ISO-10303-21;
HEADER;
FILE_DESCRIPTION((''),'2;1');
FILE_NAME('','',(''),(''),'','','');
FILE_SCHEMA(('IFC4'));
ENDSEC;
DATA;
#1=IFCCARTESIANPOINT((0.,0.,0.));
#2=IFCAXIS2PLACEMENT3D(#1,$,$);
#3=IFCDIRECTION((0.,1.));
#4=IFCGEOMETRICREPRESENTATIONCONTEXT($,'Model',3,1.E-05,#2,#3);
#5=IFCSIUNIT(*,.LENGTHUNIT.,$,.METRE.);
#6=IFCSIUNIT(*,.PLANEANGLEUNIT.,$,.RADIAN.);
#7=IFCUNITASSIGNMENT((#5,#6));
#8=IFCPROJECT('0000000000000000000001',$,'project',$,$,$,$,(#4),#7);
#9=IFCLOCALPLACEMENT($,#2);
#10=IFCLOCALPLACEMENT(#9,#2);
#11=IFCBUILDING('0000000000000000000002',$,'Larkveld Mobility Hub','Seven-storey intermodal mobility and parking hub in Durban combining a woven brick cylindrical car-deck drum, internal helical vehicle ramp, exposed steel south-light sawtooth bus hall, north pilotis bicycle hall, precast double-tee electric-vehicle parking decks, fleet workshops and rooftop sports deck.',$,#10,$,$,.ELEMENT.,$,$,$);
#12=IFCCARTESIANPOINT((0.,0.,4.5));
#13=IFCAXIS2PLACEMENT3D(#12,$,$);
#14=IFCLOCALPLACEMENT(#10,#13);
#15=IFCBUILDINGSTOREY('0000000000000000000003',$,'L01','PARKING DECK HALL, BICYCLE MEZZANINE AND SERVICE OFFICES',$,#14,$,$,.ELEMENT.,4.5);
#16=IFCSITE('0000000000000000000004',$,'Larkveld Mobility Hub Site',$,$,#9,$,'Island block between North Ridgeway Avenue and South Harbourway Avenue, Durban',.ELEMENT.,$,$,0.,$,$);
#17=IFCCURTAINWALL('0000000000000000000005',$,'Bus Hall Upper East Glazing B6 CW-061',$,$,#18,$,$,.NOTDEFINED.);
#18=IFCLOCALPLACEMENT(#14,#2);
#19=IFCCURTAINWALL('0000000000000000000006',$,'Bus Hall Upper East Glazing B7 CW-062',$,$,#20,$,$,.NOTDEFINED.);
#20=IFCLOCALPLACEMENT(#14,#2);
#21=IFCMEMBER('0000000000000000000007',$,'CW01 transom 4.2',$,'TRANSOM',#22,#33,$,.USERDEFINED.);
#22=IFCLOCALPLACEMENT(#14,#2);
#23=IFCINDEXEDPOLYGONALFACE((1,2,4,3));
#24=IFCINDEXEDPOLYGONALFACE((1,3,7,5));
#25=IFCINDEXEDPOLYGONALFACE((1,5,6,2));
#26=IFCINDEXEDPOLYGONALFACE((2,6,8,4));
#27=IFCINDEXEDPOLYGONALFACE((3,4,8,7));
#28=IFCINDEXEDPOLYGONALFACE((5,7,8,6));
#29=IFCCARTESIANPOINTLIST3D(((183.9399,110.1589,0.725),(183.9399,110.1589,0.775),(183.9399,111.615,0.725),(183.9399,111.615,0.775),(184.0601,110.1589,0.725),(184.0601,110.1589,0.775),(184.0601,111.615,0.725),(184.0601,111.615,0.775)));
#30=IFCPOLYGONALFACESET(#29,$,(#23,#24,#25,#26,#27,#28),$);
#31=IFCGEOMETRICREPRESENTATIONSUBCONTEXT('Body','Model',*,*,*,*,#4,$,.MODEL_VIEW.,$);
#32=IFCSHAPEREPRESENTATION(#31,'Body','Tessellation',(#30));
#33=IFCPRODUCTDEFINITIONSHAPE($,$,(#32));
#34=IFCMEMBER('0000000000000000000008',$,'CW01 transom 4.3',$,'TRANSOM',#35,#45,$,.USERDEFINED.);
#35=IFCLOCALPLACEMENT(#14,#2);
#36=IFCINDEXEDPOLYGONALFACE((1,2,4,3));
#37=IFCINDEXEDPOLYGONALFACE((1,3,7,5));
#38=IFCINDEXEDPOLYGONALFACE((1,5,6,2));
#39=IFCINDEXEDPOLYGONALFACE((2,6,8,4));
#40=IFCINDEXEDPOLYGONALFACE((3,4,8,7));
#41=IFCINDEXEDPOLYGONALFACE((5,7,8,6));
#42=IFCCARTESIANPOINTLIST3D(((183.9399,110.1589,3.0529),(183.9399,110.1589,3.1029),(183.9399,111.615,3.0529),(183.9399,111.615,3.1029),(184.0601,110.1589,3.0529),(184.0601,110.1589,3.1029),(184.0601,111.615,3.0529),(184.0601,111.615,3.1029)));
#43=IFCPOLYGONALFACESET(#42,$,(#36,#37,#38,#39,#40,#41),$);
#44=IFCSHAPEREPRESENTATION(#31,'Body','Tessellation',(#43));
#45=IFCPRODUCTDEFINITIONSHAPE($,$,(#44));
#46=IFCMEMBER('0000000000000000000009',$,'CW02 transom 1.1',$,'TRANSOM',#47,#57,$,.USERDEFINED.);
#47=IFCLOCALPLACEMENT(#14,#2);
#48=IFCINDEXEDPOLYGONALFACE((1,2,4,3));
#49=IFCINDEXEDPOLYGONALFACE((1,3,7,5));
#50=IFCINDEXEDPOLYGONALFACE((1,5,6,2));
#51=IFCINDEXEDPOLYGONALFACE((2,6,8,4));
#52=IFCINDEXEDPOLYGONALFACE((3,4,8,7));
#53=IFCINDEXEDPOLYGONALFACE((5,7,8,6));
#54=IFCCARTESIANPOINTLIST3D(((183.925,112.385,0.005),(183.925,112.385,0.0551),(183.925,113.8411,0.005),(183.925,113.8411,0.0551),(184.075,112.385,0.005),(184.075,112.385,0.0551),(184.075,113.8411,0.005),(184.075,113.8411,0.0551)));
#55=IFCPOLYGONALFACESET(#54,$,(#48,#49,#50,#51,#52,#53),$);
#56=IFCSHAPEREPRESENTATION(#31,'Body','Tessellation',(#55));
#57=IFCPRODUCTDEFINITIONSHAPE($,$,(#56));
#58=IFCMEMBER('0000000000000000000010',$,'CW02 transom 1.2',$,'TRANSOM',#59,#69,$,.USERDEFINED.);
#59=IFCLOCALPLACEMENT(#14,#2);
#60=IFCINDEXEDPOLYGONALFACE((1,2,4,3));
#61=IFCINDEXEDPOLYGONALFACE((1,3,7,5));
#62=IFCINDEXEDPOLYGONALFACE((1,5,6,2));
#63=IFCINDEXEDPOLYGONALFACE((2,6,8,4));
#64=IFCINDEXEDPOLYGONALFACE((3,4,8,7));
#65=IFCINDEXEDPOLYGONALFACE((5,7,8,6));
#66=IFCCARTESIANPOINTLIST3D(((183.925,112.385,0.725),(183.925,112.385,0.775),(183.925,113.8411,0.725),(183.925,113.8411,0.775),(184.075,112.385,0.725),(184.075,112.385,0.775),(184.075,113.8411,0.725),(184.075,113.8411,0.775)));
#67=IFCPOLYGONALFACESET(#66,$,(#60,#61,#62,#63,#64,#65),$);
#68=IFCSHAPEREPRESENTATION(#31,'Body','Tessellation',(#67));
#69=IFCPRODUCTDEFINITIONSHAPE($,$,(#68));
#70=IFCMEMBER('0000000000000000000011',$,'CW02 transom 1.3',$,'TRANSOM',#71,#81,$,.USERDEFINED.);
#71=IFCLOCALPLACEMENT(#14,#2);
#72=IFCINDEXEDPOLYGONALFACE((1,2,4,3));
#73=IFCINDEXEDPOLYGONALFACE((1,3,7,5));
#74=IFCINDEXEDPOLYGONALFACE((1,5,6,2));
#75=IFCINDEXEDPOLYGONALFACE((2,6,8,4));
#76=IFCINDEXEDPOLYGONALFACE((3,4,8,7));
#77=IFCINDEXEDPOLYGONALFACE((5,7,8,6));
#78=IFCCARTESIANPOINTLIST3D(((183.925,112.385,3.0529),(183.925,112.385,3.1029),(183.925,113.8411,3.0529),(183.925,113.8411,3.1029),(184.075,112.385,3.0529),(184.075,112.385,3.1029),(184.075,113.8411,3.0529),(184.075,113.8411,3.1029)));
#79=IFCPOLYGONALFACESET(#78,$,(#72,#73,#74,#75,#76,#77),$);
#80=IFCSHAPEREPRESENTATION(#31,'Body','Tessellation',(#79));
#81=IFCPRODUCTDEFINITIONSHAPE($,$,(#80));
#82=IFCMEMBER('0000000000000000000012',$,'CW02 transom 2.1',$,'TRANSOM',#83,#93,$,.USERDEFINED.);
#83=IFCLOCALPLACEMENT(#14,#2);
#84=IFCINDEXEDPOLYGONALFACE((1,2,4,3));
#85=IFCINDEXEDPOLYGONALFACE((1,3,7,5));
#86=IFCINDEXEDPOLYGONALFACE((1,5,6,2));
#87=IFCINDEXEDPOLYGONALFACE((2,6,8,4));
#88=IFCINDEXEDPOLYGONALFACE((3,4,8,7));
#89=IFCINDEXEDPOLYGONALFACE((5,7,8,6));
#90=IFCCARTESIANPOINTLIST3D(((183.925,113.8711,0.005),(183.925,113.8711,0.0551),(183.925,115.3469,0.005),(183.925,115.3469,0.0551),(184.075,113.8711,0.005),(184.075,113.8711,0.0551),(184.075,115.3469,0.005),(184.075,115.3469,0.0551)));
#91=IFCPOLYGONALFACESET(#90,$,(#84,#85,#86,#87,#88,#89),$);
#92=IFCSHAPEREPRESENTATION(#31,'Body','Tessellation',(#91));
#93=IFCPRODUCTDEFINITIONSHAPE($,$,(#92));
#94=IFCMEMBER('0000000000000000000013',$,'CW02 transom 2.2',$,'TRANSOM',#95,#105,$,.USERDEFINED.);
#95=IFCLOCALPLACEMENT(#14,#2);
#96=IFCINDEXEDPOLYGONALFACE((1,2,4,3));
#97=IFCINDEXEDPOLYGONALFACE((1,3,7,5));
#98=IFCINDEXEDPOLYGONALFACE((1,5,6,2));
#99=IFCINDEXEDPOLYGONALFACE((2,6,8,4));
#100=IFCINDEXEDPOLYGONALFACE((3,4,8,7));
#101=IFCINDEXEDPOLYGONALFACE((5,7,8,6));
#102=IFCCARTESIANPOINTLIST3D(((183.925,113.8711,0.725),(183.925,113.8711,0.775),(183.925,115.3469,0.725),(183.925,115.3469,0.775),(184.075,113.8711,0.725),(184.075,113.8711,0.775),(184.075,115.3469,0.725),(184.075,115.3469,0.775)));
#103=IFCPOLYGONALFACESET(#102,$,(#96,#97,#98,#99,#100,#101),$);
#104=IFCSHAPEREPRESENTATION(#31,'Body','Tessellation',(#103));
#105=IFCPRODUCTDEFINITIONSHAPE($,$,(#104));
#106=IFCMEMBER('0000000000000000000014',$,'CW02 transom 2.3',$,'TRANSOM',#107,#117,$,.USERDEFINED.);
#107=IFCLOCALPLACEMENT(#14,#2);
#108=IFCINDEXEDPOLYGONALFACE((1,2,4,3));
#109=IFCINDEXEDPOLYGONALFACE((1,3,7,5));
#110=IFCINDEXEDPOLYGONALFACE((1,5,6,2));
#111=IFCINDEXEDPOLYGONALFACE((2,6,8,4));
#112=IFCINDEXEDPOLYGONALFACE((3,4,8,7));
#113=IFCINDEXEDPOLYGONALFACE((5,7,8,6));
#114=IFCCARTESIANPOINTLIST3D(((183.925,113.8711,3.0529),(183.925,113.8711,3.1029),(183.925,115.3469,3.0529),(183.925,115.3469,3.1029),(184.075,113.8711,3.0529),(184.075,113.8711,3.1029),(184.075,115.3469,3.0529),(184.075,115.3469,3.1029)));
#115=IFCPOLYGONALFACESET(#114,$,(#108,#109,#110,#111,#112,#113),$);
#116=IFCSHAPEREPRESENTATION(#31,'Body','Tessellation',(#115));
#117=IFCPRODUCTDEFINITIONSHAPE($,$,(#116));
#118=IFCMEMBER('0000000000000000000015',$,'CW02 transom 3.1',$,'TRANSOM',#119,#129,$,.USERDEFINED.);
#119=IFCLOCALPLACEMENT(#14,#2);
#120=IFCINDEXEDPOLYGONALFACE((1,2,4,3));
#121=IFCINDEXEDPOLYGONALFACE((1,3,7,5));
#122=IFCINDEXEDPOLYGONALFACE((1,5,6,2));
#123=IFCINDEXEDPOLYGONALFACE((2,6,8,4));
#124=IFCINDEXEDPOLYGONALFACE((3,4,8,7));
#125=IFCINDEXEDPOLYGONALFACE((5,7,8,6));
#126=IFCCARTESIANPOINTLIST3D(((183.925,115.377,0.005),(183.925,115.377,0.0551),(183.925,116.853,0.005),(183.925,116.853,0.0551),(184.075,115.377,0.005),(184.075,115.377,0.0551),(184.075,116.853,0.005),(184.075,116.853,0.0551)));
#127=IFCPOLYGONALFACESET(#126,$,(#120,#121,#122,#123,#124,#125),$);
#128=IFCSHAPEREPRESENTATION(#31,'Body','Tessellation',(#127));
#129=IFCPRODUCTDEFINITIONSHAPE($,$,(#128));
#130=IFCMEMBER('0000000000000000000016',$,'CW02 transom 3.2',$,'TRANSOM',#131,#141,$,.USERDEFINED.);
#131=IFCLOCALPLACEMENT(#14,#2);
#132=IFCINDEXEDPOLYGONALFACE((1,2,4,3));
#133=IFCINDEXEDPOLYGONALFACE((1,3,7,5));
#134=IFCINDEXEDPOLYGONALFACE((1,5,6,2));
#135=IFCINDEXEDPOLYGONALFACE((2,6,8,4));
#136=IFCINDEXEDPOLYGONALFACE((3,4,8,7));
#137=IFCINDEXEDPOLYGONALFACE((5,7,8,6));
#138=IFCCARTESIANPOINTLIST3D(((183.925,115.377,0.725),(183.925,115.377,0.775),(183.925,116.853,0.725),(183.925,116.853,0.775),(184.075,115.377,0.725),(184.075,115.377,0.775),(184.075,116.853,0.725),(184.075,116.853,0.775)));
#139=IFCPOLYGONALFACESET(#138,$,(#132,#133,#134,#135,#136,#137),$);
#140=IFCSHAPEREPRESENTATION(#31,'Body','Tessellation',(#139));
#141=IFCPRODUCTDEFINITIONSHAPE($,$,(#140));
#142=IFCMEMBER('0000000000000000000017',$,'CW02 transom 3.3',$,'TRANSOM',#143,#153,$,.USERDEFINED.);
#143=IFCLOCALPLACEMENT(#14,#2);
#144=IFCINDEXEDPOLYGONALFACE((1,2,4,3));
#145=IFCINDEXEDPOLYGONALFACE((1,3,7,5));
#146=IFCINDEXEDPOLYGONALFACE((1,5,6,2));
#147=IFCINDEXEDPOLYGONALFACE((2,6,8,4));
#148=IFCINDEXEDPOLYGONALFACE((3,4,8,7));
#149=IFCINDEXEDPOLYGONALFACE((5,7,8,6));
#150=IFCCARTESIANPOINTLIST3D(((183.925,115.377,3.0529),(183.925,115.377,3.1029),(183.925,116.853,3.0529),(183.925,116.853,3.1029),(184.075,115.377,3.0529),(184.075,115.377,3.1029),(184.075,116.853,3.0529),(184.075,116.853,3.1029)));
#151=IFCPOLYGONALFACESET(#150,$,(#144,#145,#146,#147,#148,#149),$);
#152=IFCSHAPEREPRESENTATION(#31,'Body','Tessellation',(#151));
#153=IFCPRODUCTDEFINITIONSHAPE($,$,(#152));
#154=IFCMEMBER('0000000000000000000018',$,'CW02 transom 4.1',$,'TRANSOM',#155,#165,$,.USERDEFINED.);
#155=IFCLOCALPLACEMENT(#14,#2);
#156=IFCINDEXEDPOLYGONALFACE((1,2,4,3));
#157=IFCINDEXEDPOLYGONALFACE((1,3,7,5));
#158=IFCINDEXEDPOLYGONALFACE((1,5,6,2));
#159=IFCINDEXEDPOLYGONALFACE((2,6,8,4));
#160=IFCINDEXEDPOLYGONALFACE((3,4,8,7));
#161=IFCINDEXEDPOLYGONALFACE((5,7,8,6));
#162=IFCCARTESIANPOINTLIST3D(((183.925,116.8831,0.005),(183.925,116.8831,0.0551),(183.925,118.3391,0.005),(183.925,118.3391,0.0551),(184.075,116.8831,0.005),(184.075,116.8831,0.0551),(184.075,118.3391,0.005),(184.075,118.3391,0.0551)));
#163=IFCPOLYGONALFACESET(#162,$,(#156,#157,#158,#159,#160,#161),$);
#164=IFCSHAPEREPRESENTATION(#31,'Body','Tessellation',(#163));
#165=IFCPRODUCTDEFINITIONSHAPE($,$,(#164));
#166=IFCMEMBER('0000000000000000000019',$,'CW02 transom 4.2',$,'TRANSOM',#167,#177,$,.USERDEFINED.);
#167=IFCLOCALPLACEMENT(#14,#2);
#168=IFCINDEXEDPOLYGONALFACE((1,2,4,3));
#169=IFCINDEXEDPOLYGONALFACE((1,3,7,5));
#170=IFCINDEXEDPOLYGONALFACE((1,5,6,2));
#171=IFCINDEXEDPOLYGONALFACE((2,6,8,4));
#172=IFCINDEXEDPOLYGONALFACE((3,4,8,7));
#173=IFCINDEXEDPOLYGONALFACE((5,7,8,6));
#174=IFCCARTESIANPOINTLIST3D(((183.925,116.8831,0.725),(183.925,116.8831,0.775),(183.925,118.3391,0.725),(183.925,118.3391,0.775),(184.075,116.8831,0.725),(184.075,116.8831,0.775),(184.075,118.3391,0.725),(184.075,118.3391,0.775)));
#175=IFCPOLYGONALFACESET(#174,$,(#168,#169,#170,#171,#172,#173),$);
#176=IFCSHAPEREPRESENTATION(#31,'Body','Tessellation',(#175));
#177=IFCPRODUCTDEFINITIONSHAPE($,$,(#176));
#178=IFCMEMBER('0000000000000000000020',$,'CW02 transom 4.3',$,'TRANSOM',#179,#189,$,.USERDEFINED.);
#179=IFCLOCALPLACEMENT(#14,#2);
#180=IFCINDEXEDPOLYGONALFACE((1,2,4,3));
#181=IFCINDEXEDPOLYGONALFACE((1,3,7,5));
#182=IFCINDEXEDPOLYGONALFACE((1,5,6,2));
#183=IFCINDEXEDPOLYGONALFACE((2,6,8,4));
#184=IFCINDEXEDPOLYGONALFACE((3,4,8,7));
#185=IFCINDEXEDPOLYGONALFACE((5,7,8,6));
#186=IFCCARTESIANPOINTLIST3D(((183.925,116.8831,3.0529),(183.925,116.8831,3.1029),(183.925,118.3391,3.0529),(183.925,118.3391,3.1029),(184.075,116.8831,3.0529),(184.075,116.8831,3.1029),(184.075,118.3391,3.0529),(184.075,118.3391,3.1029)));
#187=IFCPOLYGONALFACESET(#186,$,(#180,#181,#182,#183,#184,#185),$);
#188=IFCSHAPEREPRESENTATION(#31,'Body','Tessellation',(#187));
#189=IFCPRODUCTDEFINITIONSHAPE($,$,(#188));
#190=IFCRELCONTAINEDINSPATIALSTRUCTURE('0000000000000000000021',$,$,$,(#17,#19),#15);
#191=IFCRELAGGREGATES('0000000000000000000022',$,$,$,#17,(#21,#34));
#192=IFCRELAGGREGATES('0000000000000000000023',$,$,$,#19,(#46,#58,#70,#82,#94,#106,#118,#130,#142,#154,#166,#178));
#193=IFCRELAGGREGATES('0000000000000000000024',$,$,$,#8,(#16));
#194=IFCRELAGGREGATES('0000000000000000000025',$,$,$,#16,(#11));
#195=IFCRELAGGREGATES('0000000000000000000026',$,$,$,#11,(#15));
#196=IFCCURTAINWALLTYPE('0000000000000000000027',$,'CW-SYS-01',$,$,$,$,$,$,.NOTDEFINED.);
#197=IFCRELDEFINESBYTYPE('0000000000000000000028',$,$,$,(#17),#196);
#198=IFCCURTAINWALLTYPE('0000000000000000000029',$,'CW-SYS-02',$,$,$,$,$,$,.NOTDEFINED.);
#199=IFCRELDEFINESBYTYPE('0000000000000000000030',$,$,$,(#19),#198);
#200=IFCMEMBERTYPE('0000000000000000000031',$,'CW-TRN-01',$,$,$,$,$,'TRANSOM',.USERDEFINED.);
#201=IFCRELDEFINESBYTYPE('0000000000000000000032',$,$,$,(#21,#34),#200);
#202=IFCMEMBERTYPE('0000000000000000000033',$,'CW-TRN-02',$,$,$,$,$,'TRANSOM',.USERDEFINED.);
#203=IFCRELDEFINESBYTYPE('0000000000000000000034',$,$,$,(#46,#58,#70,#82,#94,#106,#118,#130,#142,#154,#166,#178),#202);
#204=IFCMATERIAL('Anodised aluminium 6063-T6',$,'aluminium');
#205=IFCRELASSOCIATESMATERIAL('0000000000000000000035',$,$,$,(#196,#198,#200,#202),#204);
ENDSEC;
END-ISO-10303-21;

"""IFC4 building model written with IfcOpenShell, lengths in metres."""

from ifc_helpers import new_model, si_unit, direction, frame, origin, origin_2d, place, context, subcontext, project, spatial, rectangle, extrude, material, material_profile, profile_set, type_object, element, aggregate, save


model = new_model("IFC4")

# Units and contexts
model_context = context("Model", 3, precision=1e-05, world=origin(), true_north=direction((0.0, 1.0)))
body_context = subcontext(model_context, "Body", "Model", "MODEL_VIEW")
ifc_project = project(units=[si_unit("LENGTHUNIT", "METRE"), si_unit("PLANEANGLEUNIT", "RADIAN")], contexts=[model_context])

# Site, building, storey
site_placement = place(None, origin())
site = spatial("IfcSite", under=ifc_project, at=site_placement, Name="Larkveld Mobility Hub Site", LongName="Island block between North Ridgeway Avenue and South Harbourway Avenue, Durban", CompositionType="ELEMENT", RefElevation=0.0)
building_placement = place(site_placement, origin())
building = spatial("IfcBuilding", under=site, at=building_placement, Name="Larkveld Mobility Hub", Description="Seven-storey intermodal mobility and parking hub in Durban combining a woven brick cylindrical car-deck drum, internal helical vehicle ramp, exposed steel south-light sawtooth bus hall, north pilotis bicycle hall, precast double-tee electric-vehicle parking decks, fleet workshops and rooftop sports deck.", CompositionType="ELEMENT")
storey_placement = place(building_placement, frame((0.0, 0.0, 4.5)))
storey = spatial("IfcBuildingStorey", under=building, at=storey_placement, Name="L01", Description="PARKING DECK HALL, BICYCLE MEZZANINE AND SERVICE OFFICES", CompositionType="ELEMENT", Elevation=4.5)

# Curtain walls
ifc_material_1 = material(Name="Anodised aluminium 6063-T6", Category="aluminium")
curtain_wall_type_1 = type_object("IfcCurtainWallType", Name="CW-SYS-01", PredefinedType="NOTDEFINED", material=ifc_material_1)
curtain_wall_1_placement = place(storey_placement, origin())
curtain_wall_1 = element("IfcCurtainWall", 1, at=curtain_wall_1_placement, inside=storey, type_object=curtain_wall_type_1, Name="Bus Hall Upper East Glazing B6 CW-061", PredefinedType="NOTDEFINED")
curtain_wall_type_2 = type_object("IfcCurtainWallType", Name="CW-SYS-02", PredefinedType="NOTDEFINED", material=ifc_material_1)
curtain_wall_2_placement = place(storey_placement, origin())
curtain_wall_2 = element("IfcCurtainWall", 2, at=curtain_wall_2_placement, inside=storey, type_object=curtain_wall_type_2, Name="Bus Hall Upper East Glazing B7 CW-062", PredefinedType="NOTDEFINED")

# Members
ifc_material_profile_1 = material_profile(ifc_material_1, rectangle(XDim=0.1201, YDim=0.05, at=origin_2d()), Name="ALU TRAN 50x120")
ifc_profile_set_1 = profile_set([ifc_material_profile_1], Name="Anodised aluminium 6063-T6")
member_type_1 = type_object("IfcMemberType", Name="CW-TRN-01", ElementType="TRANSOM", PredefinedType="USERDEFINED", material=ifc_profile_set_1)
member_1_placement = place(storey_placement, frame((184.0, 110.1589, 0.75), z_axis=(0.0, 1.0, 0.0), x_axis=(-1.0, 0.0, 0.0)))
member_1 = element("IfcMember", 3, at=member_1_placement, type_object=member_type_1, Name="CW01 transom 4.2", ObjectType="TRANSOM", PredefinedType="USERDEFINED", context=body_context, shape_type="SweptSolid", body=[
    extrude(rectangle(XDim=0.1201, YDim=0.05, at=origin_2d()), origin(), (0.0, 0.0, 1.0), 1.4561),
])
member_2_placement = place(storey_placement, frame((184.0, 110.1589, 3.0779), z_axis=(0.0, 1.0, 0.0), x_axis=(-1.0, 0.0, 0.0)))
member_2 = element("IfcMember", 4, at=member_2_placement, type_object=member_type_1, Name="CW01 transom 4.3", ObjectType="TRANSOM", PredefinedType="USERDEFINED", context=body_context, shape_type="SweptSolid", body=[
    extrude(rectangle(XDim=0.1201, YDim=0.05, at=origin_2d()), origin(), (0.0, 0.0, 1.0), 1.4561),
])
ifc_material_profile_2 = material_profile(ifc_material_1, rectangle(XDim=0.1499, YDim=0.05, at=origin_2d()), Name="ALU TRAN 50x150")
ifc_profile_set_2 = profile_set([ifc_material_profile_2], Name="Anodised aluminium 6063-T6")
member_type_2 = type_object("IfcMemberType", Name="CW-TRN-02", ElementType="TRANSOM", PredefinedType="USERDEFINED", material=ifc_profile_set_2)
member_3_placement = place(storey_placement, frame((184.0, 112.385, 0.03), z_axis=(0.0, 1.0, 0.0), x_axis=(-1.0, 0.0, 0.0)))
member_3 = element("IfcMember", 5, at=member_3_placement, type_object=member_type_2, Name="CW02 transom 1.1", ObjectType="TRANSOM", PredefinedType="USERDEFINED", context=body_context, shape_type="SweptSolid", body=[
    extrude(rectangle(XDim=0.1499, YDim=0.05, at=origin_2d()), origin(), (0.0, 0.0, 1.0), 1.4561),
])
member_4_placement = place(storey_placement, frame((184.0, 112.385, 0.75), z_axis=(0.0, 1.0, 0.0), x_axis=(-1.0, 0.0, 0.0)))
member_4 = element("IfcMember", 6, at=member_4_placement, type_object=member_type_2, Name="CW02 transom 1.2", ObjectType="TRANSOM", PredefinedType="USERDEFINED", context=body_context, shape_type="SweptSolid", body=[
    extrude(rectangle(XDim=0.1499, YDim=0.05, at=origin_2d()), origin(), (0.0, 0.0, 1.0), 1.4561),
])
member_5_placement = place(storey_placement, frame((184.0, 112.385, 3.0779), z_axis=(0.0, 1.0, 0.0), x_axis=(-1.0, 0.0, 0.0)))
member_5 = element("IfcMember", 7, at=member_5_placement, type_object=member_type_2, Name="CW02 transom 1.3", ObjectType="TRANSOM", PredefinedType="USERDEFINED", context=body_context, shape_type="SweptSolid", body=[
    extrude(rectangle(XDim=0.1499, YDim=0.05, at=origin_2d()), origin(), (0.0, 0.0, 1.0), 1.4561),
])
member_6_placement = place(storey_placement, frame((184.0, 113.8711, 0.03), z_axis=(0.0, 1.0, 0.0), x_axis=(-1.0, 0.0, 0.0)))
member_6 = element("IfcMember", 8, at=member_6_placement, type_object=member_type_2, Name="CW02 transom 2.1", ObjectType="TRANSOM", PredefinedType="USERDEFINED", context=body_context, shape_type="SweptSolid", body=[
    extrude(rectangle(XDim=0.1499, YDim=0.05, at=origin_2d()), origin(), (0.0, 0.0, 1.0), 1.4758),
])
member_7_placement = place(storey_placement, frame((184.0, 113.8711, 0.75), z_axis=(0.0, 1.0, 0.0), x_axis=(-1.0, 0.0, 0.0)))
member_7 = element("IfcMember", 9, at=member_7_placement, type_object=member_type_2, Name="CW02 transom 2.2", ObjectType="TRANSOM", PredefinedType="USERDEFINED", context=body_context, shape_type="SweptSolid", body=[
    extrude(rectangle(XDim=0.1499, YDim=0.05, at=origin_2d()), origin(), (0.0, 0.0, 1.0), 1.4758),
])
member_8_placement = place(storey_placement, frame((184.0, 113.8711, 3.0779), z_axis=(0.0, 1.0, 0.0), x_axis=(-1.0, 0.0, 0.0)))
member_8 = element("IfcMember", 10, at=member_8_placement, type_object=member_type_2, Name="CW02 transom 2.3", ObjectType="TRANSOM", PredefinedType="USERDEFINED", context=body_context, shape_type="SweptSolid", body=[
    extrude(rectangle(XDim=0.1499, YDim=0.05, at=origin_2d()), origin(), (0.0, 0.0, 1.0), 1.4758),
])
member_9_placement = place(storey_placement, frame((184.0, 115.377, 0.03), z_axis=(0.0, 1.0, 0.0), x_axis=(-1.0, 0.0, 0.0)))
member_9 = element("IfcMember", 11, at=member_9_placement, type_object=member_type_2, Name="CW02 transom 3.1", ObjectType="TRANSOM", PredefinedType="USERDEFINED", context=body_context, shape_type="SweptSolid", body=[
    extrude(rectangle(XDim=0.1499, YDim=0.05, at=origin_2d()), origin(), (0.0, 0.0, 1.0), 1.4761),
])
member_10_placement = place(storey_placement, frame((184.0, 115.377, 0.75), z_axis=(0.0, 1.0, 0.0), x_axis=(-1.0, 0.0, 0.0)))
member_10 = element("IfcMember", 12, at=member_10_placement, type_object=member_type_2, Name="CW02 transom 3.2", ObjectType="TRANSOM", PredefinedType="USERDEFINED", context=body_context, shape_type="SweptSolid", body=[
    extrude(rectangle(XDim=0.1499, YDim=0.05, at=origin_2d()), origin(), (0.0, 0.0, 1.0), 1.4761),
])
member_11_placement = place(storey_placement, frame((184.0, 115.377, 3.0779), z_axis=(0.0, 1.0, 0.0), x_axis=(-1.0, 0.0, 0.0)))
member_11 = element("IfcMember", 13, at=member_11_placement, type_object=member_type_2, Name="CW02 transom 3.3", ObjectType="TRANSOM", PredefinedType="USERDEFINED", context=body_context, shape_type="SweptSolid", body=[
    extrude(rectangle(XDim=0.1499, YDim=0.05, at=origin_2d()), origin(), (0.0, 0.0, 1.0), 1.4761),
])
member_12_placement = place(storey_placement, frame((184.0, 116.8831, 0.03), z_axis=(0.0, 1.0, 0.0), x_axis=(-1.0, 0.0, 0.0)))
member_12 = element("IfcMember", 14, at=member_12_placement, type_object=member_type_2, Name="CW02 transom 4.1", ObjectType="TRANSOM", PredefinedType="USERDEFINED", context=body_context, shape_type="SweptSolid", body=[
    extrude(rectangle(XDim=0.1499, YDim=0.05, at=origin_2d()), origin(), (0.0, 0.0, 1.0), 1.4561),
])
member_13_placement = place(storey_placement, frame((184.0, 116.8831, 0.75), z_axis=(0.0, 1.0, 0.0), x_axis=(-1.0, 0.0, 0.0)))
member_13 = element("IfcMember", 15, at=member_13_placement, type_object=member_type_2, Name="CW02 transom 4.2", ObjectType="TRANSOM", PredefinedType="USERDEFINED", context=body_context, shape_type="SweptSolid", body=[
    extrude(rectangle(XDim=0.1499, YDim=0.05, at=origin_2d()), origin(), (0.0, 0.0, 1.0), 1.4561),
])
member_14_placement = place(storey_placement, frame((184.0, 116.8831, 3.0779), z_axis=(0.0, 1.0, 0.0), x_axis=(-1.0, 0.0, 0.0)))
member_14 = element("IfcMember", 16, at=member_14_placement, type_object=member_type_2, Name="CW02 transom 4.3", ObjectType="TRANSOM", PredefinedType="USERDEFINED", context=body_context, shape_type="SweptSolid", body=[
    extrude(rectangle(XDim=0.1499, YDim=0.05, at=origin_2d()), origin(), (0.0, 0.0, 1.0), 1.4561),
])

aggregate(curtain_wall_1, [member_1, member_2])
aggregate(curtain_wall_2, [member_3, member_4, member_5, member_6, member_7, member_8, member_9, member_10, member_11, member_12, member_13, member_14])

save(model, "model.ifc")
